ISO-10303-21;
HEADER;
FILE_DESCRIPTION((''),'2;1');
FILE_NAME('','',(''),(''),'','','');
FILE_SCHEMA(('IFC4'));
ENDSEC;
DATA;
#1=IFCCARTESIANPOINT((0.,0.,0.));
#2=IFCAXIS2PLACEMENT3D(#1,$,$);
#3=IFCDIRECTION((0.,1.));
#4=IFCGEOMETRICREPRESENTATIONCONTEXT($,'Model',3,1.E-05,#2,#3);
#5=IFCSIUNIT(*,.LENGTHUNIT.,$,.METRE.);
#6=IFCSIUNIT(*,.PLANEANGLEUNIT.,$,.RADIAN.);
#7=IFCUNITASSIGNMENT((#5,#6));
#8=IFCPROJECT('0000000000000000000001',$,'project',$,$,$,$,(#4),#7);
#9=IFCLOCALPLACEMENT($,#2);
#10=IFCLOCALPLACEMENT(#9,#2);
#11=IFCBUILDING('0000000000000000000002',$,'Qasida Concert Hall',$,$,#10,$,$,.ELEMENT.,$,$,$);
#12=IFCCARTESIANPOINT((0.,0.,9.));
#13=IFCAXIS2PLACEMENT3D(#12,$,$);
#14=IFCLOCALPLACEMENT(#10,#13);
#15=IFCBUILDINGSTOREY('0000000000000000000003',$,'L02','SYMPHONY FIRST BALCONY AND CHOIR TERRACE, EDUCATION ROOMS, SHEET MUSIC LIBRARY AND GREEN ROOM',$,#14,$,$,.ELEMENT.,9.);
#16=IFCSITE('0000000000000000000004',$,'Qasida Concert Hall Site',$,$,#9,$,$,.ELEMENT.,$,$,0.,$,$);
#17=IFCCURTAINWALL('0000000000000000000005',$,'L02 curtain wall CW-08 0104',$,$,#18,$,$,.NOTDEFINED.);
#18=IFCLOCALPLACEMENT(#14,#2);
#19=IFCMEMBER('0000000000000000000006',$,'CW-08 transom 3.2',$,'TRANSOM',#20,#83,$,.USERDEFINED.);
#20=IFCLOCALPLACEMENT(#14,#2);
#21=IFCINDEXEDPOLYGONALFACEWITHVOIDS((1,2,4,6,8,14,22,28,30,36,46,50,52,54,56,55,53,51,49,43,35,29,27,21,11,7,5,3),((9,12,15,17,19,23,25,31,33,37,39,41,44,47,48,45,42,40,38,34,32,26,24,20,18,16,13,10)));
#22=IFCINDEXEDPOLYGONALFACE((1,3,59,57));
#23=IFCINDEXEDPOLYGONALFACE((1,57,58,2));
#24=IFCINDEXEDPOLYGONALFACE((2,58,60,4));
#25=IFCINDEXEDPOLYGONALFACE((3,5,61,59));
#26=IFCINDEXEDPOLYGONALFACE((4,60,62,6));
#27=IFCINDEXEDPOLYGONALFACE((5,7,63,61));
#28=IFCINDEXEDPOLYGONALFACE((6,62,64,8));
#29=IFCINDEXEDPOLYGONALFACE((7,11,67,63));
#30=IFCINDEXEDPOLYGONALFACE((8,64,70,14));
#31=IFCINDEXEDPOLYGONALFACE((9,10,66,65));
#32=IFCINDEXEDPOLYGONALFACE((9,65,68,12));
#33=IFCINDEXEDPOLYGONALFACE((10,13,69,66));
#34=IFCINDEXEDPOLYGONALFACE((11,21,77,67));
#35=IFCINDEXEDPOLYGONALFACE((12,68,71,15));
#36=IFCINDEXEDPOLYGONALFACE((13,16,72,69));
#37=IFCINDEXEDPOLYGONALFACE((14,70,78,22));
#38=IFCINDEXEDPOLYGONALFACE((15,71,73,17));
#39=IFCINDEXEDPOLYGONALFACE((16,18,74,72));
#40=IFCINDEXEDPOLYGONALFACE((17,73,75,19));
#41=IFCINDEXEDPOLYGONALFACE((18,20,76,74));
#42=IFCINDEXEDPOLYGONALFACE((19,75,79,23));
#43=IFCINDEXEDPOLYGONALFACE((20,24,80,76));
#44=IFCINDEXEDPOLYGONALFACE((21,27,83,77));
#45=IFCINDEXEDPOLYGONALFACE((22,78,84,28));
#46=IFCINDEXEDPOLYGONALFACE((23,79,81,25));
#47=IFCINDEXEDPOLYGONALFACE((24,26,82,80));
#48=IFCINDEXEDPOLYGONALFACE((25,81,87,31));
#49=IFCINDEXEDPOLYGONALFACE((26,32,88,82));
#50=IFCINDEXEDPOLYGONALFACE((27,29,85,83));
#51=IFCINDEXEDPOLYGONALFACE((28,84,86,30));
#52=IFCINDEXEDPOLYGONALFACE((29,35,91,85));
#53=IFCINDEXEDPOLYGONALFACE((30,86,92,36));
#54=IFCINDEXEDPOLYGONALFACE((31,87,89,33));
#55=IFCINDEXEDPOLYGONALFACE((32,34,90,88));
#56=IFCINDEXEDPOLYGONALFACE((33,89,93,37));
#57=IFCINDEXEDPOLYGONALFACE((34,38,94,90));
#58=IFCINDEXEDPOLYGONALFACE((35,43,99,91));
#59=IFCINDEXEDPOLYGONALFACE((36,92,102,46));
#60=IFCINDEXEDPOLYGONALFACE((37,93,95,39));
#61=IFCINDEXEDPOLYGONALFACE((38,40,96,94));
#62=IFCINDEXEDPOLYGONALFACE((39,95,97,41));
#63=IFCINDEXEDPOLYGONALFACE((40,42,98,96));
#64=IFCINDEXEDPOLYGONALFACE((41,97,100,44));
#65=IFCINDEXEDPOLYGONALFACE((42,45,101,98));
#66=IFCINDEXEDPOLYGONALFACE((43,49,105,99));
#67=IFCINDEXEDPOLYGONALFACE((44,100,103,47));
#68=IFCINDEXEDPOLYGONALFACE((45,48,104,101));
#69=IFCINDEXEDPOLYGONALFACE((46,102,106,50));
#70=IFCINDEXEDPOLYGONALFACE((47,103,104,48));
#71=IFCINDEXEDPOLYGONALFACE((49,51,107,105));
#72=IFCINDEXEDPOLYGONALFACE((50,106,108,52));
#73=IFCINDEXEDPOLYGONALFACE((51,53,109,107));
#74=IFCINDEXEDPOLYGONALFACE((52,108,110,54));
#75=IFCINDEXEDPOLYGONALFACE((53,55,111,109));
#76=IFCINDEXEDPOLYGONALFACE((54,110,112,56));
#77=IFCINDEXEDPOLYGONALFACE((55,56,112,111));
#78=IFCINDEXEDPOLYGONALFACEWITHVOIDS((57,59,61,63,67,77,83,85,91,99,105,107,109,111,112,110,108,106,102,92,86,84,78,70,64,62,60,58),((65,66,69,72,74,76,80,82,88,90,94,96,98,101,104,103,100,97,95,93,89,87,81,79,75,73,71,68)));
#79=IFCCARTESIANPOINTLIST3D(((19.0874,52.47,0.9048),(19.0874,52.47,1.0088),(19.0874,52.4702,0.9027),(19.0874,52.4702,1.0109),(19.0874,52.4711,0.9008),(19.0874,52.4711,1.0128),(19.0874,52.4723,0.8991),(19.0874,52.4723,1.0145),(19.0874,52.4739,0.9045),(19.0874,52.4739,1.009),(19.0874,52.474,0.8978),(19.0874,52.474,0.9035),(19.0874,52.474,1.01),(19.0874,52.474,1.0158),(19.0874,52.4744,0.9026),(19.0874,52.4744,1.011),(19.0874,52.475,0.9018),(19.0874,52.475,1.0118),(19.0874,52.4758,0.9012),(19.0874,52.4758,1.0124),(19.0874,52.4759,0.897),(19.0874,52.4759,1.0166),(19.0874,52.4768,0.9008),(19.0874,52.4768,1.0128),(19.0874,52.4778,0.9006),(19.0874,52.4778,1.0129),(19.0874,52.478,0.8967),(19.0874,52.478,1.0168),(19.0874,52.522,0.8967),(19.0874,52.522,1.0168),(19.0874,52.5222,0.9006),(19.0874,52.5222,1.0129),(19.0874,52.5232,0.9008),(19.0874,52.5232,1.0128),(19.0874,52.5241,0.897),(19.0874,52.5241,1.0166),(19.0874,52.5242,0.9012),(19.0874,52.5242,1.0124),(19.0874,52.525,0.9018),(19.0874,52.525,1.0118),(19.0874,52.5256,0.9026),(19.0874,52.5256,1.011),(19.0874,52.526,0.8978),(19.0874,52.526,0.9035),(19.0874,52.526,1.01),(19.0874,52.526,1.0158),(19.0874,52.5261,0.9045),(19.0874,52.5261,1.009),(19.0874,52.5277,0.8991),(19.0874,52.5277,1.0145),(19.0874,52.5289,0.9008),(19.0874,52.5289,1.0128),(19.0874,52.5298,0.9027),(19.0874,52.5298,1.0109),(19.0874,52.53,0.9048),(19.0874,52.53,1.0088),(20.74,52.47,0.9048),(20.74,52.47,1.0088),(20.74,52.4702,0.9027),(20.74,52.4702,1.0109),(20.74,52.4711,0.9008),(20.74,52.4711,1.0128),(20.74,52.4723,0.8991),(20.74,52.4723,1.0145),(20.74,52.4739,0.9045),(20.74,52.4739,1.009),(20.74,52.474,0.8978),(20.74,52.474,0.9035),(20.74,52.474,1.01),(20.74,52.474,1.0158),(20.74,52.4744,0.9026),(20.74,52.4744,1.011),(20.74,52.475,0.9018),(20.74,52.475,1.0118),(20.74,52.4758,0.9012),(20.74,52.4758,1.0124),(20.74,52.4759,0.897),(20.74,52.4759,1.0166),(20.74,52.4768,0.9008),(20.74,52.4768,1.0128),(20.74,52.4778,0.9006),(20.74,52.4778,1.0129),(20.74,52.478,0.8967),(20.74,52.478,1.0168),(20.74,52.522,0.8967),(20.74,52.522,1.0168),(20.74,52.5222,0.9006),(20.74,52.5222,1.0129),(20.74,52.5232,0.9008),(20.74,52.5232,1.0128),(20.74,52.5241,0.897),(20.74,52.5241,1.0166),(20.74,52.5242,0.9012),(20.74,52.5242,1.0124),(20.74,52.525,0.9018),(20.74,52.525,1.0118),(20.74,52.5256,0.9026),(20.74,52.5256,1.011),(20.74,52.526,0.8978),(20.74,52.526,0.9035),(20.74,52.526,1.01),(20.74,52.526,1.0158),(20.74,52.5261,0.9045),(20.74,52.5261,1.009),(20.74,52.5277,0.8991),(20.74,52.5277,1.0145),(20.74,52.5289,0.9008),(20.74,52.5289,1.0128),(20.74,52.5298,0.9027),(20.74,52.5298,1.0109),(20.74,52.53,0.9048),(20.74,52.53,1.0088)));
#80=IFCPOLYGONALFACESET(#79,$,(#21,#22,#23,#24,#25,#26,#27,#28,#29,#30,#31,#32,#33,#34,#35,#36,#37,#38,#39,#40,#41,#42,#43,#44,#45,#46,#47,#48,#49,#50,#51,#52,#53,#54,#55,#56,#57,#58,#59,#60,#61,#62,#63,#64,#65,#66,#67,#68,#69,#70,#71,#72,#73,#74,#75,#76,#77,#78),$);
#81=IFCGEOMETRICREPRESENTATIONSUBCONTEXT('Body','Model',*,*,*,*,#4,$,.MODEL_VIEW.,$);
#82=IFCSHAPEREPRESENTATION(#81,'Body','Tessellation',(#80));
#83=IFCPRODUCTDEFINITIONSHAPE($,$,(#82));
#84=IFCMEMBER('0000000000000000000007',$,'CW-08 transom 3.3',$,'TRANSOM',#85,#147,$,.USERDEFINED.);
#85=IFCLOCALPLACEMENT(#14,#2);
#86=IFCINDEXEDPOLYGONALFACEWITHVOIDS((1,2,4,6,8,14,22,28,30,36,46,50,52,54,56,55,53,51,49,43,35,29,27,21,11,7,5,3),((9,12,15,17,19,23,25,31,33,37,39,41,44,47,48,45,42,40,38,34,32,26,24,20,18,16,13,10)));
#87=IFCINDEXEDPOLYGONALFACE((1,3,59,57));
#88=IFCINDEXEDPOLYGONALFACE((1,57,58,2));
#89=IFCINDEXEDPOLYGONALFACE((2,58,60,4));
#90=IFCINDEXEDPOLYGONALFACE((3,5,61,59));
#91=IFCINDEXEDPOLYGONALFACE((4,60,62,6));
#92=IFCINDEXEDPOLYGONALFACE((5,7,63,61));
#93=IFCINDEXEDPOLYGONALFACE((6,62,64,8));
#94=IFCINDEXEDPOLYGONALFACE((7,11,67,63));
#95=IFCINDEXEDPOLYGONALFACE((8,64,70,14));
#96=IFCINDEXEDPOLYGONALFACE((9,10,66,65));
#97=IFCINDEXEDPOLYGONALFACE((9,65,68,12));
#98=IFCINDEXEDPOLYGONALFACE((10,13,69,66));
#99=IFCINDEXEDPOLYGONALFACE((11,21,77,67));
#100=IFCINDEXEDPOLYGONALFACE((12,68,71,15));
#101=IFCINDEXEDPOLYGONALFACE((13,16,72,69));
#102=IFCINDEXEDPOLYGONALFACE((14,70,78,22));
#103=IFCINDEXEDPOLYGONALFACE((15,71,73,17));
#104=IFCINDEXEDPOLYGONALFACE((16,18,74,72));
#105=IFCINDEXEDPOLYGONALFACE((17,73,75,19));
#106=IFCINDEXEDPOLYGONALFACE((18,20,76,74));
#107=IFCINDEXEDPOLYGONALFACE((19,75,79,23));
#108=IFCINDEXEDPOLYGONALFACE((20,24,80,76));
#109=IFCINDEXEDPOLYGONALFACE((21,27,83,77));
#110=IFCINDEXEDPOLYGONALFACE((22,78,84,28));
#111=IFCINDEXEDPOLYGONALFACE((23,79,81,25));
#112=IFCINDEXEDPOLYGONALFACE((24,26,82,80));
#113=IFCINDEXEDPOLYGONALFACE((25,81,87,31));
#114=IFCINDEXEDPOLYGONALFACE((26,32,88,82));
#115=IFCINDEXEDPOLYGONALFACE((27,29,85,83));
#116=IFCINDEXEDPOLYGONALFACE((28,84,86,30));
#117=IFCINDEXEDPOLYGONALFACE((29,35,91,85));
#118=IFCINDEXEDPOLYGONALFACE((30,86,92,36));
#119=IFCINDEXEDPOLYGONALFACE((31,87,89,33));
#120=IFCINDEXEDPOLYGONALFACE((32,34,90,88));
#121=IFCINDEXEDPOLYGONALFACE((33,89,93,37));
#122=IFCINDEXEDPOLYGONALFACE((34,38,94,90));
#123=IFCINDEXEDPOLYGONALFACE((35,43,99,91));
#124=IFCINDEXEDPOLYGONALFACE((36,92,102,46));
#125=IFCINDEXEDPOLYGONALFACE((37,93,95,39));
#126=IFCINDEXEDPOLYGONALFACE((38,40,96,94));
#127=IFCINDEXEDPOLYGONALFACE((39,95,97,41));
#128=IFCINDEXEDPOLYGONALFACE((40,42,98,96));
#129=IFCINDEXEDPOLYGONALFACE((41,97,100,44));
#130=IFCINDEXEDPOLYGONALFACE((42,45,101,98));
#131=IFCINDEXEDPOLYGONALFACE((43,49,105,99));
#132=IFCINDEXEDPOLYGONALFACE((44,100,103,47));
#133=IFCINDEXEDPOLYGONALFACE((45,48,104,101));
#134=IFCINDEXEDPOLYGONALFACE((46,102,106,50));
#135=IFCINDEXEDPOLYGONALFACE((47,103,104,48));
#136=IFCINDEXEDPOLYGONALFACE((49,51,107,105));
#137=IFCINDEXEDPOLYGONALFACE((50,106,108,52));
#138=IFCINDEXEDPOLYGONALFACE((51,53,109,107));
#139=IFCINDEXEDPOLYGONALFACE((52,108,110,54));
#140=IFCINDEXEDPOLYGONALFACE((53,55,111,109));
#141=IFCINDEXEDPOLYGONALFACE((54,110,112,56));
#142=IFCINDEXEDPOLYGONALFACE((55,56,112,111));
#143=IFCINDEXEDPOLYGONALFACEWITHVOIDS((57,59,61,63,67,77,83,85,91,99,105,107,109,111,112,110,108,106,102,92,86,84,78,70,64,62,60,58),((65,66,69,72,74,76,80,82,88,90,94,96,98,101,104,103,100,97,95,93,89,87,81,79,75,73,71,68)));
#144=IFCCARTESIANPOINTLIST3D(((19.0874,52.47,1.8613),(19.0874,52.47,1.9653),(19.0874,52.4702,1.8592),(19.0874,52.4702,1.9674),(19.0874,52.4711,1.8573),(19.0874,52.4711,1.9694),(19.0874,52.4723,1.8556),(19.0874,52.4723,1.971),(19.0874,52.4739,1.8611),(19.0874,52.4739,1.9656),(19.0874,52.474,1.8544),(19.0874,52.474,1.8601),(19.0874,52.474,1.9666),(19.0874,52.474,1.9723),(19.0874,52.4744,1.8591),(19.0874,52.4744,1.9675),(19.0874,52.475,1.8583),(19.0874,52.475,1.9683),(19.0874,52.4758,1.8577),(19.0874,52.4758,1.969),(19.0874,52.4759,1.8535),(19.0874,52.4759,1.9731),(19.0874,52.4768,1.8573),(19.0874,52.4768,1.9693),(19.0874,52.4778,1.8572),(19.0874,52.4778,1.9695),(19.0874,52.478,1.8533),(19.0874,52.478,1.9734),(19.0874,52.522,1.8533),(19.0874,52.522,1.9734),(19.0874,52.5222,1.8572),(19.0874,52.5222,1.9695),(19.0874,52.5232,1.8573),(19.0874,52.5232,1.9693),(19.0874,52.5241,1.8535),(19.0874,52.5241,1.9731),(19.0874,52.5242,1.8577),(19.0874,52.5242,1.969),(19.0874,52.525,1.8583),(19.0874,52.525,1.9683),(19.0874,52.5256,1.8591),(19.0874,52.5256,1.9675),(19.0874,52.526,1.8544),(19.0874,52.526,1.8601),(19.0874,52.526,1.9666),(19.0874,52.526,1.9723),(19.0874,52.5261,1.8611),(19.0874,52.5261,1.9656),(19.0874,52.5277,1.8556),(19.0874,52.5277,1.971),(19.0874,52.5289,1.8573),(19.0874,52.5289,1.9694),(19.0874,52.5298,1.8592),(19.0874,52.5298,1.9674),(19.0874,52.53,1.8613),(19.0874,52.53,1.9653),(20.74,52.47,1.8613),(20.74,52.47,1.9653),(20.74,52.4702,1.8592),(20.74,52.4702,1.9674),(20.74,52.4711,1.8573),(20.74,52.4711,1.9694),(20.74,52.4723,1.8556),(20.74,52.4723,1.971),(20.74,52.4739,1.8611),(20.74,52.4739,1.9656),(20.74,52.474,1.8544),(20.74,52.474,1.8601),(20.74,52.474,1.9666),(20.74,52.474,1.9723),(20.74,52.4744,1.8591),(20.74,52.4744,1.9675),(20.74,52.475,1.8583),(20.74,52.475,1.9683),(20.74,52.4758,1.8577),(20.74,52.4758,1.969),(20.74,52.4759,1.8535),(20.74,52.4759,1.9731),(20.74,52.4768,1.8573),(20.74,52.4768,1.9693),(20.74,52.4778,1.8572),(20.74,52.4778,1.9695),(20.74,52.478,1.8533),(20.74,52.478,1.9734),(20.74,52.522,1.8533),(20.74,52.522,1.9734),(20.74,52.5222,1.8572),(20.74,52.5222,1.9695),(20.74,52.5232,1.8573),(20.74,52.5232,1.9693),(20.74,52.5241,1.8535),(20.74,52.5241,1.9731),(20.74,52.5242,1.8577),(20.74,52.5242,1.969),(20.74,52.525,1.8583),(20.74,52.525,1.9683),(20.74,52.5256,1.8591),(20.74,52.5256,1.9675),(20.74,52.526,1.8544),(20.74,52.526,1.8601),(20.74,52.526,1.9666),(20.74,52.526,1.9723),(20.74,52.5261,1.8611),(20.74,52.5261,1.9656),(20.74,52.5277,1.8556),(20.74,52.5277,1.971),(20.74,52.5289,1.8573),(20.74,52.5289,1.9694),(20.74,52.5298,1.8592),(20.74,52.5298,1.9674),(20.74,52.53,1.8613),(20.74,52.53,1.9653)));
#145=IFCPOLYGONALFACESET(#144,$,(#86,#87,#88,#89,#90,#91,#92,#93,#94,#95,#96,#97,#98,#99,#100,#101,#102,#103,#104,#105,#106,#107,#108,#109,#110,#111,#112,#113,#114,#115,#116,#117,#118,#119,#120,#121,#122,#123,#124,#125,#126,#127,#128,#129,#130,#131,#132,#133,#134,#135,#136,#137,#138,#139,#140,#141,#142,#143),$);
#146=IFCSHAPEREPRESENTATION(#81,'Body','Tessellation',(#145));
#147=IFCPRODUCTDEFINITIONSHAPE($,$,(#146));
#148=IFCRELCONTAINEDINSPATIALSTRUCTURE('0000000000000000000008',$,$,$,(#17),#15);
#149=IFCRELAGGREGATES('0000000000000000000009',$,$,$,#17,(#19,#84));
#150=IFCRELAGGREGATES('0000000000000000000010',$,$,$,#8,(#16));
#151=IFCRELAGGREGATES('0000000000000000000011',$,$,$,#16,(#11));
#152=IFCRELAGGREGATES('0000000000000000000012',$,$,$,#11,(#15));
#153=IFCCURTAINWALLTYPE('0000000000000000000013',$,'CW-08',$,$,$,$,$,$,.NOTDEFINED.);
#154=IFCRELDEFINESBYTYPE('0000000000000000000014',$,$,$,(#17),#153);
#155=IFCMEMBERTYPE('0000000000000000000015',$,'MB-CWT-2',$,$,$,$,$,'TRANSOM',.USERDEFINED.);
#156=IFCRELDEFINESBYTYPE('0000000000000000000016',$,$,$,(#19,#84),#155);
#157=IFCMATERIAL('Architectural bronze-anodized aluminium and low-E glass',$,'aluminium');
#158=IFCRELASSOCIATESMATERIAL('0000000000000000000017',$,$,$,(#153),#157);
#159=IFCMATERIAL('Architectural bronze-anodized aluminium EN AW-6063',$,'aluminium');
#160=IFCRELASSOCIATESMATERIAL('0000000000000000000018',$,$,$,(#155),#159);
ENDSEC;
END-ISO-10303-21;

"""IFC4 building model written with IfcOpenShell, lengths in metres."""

from ifc_helpers import new_model, si_unit, direction, frame, origin, origin_2d, place, context, subcontext, project, spatial, hollow_rectangle, extrude, material, material_profile, profile_set, type_object, element, aggregate, save


model = new_model("IFC4")

# Units and contexts
model_context = context("Model", 3, precision=1e-05, world=origin(), true_north=direction((0.0, 1.0)))
body_context = subcontext(model_context, "Body", "Model", "MODEL_VIEW")
ifc_project = project(units=[si_unit("LENGTHUNIT", "METRE"), si_unit("PLANEANGLEUNIT", "RADIAN")], contexts=[model_context])

# Site, building, storey
site_placement = place(None, origin())
site = spatial("IfcSite", under=ifc_project, at=site_placement, Name="Qasida Concert Hall Site", CompositionType="ELEMENT", RefElevation=0.0)
building_placement = place(site_placement, origin())
building = spatial("IfcBuilding", under=site, at=building_placement, Name="Qasida Concert Hall", CompositionType="ELEMENT")
storey_placement = place(building_placement, frame((0.0, 0.0, 9.0)))
storey = spatial("IfcBuildingStorey", under=building, at=storey_placement, Name="L02", Description="SYMPHONY FIRST BALCONY AND CHOIR TERRACE, EDUCATION ROOMS, SHEET MUSIC LIBRARY AND GREEN ROOM", CompositionType="ELEMENT", Elevation=9.0)

# Curtain wall, members
ifc_material_1 = material(Name="Architectural bronze-anodized aluminium and low-E glass", Category="aluminium")
curtain_wall_type = type_object("IfcCurtainWallType", Name="CW-08", PredefinedType="NOTDEFINED", material=ifc_material_1)
curtain_wall_placement = place(storey_placement, origin())
curtain_wall = element("IfcCurtainWall", 1, at=curtain_wall_placement, inside=storey, type_object=curtain_wall_type, Name="L02 curtain wall CW-08 0104", PredefinedType="NOTDEFINED")
ifc_material_2 = material(Name="Architectural bronze-anodized aluminium EN AW-6063", Category="aluminium")
ifc_material_profile_1 = material_profile(ifc_material_2, hollow_rectangle(XDim=0.0601, YDim=0.1201, WallThickness=0.0039, InnerFilletRadius=0.0039, OuterFilletRadius=0.0081, at=origin_2d()), Name="CWT 120x60x4")
ifc_profile_set_1 = profile_set([ifc_material_profile_1], Name="Architectural bronze-anodized aluminium EN AW-6063")
member_type_1 = type_object("IfcMemberType", Name="MB-CWT-2", ElementType="TRANSOM", PredefinedType="USERDEFINED", material=ifc_profile_set_1)
member_1_placement = place(storey_placement, frame((19.0874, 52.5, 0.9568), z_axis=(1.0, 0.0, 0.0), x_axis=(0.0, 1.0, 0.0)))
member_1 = element("IfcMember", 2, at=member_1_placement, type_object=member_type_1, Name="CW-08 transom 3.2", ObjectType="TRANSOM", PredefinedType="USERDEFINED", context=body_context, shape_type="SweptSolid", body=[
    extrude(hollow_rectangle(XDim=0.0601, YDim=0.1201, WallThickness=0.0039, InnerFilletRadius=0.0039, OuterFilletRadius=0.0081, at=origin_2d()), origin(), (0.0, 0.0, 1.0), 1.6526),
])
member_2_placement = place(storey_placement, frame((19.0874, 52.5, 1.9133), z_axis=(1.0, 0.0, 0.0), x_axis=(0.0, 1.0, 0.0)))
member_2 = element("IfcMember", 3, at=member_2_placement, type_object=member_type_1, Name="CW-08 transom 3.3", ObjectType="TRANSOM", PredefinedType="USERDEFINED", context=body_context, shape_type="SweptSolid", body=[
    extrude(hollow_rectangle(XDim=0.0601, YDim=0.1201, WallThickness=0.0039, InnerFilletRadius=0.0039, OuterFilletRadius=0.0081, at=origin_2d()), origin(), (0.0, 0.0, 1.0), 1.6526),
])
aggregate(curtain_wall, [member_1, member_2])

save(model, "model.ifc")
